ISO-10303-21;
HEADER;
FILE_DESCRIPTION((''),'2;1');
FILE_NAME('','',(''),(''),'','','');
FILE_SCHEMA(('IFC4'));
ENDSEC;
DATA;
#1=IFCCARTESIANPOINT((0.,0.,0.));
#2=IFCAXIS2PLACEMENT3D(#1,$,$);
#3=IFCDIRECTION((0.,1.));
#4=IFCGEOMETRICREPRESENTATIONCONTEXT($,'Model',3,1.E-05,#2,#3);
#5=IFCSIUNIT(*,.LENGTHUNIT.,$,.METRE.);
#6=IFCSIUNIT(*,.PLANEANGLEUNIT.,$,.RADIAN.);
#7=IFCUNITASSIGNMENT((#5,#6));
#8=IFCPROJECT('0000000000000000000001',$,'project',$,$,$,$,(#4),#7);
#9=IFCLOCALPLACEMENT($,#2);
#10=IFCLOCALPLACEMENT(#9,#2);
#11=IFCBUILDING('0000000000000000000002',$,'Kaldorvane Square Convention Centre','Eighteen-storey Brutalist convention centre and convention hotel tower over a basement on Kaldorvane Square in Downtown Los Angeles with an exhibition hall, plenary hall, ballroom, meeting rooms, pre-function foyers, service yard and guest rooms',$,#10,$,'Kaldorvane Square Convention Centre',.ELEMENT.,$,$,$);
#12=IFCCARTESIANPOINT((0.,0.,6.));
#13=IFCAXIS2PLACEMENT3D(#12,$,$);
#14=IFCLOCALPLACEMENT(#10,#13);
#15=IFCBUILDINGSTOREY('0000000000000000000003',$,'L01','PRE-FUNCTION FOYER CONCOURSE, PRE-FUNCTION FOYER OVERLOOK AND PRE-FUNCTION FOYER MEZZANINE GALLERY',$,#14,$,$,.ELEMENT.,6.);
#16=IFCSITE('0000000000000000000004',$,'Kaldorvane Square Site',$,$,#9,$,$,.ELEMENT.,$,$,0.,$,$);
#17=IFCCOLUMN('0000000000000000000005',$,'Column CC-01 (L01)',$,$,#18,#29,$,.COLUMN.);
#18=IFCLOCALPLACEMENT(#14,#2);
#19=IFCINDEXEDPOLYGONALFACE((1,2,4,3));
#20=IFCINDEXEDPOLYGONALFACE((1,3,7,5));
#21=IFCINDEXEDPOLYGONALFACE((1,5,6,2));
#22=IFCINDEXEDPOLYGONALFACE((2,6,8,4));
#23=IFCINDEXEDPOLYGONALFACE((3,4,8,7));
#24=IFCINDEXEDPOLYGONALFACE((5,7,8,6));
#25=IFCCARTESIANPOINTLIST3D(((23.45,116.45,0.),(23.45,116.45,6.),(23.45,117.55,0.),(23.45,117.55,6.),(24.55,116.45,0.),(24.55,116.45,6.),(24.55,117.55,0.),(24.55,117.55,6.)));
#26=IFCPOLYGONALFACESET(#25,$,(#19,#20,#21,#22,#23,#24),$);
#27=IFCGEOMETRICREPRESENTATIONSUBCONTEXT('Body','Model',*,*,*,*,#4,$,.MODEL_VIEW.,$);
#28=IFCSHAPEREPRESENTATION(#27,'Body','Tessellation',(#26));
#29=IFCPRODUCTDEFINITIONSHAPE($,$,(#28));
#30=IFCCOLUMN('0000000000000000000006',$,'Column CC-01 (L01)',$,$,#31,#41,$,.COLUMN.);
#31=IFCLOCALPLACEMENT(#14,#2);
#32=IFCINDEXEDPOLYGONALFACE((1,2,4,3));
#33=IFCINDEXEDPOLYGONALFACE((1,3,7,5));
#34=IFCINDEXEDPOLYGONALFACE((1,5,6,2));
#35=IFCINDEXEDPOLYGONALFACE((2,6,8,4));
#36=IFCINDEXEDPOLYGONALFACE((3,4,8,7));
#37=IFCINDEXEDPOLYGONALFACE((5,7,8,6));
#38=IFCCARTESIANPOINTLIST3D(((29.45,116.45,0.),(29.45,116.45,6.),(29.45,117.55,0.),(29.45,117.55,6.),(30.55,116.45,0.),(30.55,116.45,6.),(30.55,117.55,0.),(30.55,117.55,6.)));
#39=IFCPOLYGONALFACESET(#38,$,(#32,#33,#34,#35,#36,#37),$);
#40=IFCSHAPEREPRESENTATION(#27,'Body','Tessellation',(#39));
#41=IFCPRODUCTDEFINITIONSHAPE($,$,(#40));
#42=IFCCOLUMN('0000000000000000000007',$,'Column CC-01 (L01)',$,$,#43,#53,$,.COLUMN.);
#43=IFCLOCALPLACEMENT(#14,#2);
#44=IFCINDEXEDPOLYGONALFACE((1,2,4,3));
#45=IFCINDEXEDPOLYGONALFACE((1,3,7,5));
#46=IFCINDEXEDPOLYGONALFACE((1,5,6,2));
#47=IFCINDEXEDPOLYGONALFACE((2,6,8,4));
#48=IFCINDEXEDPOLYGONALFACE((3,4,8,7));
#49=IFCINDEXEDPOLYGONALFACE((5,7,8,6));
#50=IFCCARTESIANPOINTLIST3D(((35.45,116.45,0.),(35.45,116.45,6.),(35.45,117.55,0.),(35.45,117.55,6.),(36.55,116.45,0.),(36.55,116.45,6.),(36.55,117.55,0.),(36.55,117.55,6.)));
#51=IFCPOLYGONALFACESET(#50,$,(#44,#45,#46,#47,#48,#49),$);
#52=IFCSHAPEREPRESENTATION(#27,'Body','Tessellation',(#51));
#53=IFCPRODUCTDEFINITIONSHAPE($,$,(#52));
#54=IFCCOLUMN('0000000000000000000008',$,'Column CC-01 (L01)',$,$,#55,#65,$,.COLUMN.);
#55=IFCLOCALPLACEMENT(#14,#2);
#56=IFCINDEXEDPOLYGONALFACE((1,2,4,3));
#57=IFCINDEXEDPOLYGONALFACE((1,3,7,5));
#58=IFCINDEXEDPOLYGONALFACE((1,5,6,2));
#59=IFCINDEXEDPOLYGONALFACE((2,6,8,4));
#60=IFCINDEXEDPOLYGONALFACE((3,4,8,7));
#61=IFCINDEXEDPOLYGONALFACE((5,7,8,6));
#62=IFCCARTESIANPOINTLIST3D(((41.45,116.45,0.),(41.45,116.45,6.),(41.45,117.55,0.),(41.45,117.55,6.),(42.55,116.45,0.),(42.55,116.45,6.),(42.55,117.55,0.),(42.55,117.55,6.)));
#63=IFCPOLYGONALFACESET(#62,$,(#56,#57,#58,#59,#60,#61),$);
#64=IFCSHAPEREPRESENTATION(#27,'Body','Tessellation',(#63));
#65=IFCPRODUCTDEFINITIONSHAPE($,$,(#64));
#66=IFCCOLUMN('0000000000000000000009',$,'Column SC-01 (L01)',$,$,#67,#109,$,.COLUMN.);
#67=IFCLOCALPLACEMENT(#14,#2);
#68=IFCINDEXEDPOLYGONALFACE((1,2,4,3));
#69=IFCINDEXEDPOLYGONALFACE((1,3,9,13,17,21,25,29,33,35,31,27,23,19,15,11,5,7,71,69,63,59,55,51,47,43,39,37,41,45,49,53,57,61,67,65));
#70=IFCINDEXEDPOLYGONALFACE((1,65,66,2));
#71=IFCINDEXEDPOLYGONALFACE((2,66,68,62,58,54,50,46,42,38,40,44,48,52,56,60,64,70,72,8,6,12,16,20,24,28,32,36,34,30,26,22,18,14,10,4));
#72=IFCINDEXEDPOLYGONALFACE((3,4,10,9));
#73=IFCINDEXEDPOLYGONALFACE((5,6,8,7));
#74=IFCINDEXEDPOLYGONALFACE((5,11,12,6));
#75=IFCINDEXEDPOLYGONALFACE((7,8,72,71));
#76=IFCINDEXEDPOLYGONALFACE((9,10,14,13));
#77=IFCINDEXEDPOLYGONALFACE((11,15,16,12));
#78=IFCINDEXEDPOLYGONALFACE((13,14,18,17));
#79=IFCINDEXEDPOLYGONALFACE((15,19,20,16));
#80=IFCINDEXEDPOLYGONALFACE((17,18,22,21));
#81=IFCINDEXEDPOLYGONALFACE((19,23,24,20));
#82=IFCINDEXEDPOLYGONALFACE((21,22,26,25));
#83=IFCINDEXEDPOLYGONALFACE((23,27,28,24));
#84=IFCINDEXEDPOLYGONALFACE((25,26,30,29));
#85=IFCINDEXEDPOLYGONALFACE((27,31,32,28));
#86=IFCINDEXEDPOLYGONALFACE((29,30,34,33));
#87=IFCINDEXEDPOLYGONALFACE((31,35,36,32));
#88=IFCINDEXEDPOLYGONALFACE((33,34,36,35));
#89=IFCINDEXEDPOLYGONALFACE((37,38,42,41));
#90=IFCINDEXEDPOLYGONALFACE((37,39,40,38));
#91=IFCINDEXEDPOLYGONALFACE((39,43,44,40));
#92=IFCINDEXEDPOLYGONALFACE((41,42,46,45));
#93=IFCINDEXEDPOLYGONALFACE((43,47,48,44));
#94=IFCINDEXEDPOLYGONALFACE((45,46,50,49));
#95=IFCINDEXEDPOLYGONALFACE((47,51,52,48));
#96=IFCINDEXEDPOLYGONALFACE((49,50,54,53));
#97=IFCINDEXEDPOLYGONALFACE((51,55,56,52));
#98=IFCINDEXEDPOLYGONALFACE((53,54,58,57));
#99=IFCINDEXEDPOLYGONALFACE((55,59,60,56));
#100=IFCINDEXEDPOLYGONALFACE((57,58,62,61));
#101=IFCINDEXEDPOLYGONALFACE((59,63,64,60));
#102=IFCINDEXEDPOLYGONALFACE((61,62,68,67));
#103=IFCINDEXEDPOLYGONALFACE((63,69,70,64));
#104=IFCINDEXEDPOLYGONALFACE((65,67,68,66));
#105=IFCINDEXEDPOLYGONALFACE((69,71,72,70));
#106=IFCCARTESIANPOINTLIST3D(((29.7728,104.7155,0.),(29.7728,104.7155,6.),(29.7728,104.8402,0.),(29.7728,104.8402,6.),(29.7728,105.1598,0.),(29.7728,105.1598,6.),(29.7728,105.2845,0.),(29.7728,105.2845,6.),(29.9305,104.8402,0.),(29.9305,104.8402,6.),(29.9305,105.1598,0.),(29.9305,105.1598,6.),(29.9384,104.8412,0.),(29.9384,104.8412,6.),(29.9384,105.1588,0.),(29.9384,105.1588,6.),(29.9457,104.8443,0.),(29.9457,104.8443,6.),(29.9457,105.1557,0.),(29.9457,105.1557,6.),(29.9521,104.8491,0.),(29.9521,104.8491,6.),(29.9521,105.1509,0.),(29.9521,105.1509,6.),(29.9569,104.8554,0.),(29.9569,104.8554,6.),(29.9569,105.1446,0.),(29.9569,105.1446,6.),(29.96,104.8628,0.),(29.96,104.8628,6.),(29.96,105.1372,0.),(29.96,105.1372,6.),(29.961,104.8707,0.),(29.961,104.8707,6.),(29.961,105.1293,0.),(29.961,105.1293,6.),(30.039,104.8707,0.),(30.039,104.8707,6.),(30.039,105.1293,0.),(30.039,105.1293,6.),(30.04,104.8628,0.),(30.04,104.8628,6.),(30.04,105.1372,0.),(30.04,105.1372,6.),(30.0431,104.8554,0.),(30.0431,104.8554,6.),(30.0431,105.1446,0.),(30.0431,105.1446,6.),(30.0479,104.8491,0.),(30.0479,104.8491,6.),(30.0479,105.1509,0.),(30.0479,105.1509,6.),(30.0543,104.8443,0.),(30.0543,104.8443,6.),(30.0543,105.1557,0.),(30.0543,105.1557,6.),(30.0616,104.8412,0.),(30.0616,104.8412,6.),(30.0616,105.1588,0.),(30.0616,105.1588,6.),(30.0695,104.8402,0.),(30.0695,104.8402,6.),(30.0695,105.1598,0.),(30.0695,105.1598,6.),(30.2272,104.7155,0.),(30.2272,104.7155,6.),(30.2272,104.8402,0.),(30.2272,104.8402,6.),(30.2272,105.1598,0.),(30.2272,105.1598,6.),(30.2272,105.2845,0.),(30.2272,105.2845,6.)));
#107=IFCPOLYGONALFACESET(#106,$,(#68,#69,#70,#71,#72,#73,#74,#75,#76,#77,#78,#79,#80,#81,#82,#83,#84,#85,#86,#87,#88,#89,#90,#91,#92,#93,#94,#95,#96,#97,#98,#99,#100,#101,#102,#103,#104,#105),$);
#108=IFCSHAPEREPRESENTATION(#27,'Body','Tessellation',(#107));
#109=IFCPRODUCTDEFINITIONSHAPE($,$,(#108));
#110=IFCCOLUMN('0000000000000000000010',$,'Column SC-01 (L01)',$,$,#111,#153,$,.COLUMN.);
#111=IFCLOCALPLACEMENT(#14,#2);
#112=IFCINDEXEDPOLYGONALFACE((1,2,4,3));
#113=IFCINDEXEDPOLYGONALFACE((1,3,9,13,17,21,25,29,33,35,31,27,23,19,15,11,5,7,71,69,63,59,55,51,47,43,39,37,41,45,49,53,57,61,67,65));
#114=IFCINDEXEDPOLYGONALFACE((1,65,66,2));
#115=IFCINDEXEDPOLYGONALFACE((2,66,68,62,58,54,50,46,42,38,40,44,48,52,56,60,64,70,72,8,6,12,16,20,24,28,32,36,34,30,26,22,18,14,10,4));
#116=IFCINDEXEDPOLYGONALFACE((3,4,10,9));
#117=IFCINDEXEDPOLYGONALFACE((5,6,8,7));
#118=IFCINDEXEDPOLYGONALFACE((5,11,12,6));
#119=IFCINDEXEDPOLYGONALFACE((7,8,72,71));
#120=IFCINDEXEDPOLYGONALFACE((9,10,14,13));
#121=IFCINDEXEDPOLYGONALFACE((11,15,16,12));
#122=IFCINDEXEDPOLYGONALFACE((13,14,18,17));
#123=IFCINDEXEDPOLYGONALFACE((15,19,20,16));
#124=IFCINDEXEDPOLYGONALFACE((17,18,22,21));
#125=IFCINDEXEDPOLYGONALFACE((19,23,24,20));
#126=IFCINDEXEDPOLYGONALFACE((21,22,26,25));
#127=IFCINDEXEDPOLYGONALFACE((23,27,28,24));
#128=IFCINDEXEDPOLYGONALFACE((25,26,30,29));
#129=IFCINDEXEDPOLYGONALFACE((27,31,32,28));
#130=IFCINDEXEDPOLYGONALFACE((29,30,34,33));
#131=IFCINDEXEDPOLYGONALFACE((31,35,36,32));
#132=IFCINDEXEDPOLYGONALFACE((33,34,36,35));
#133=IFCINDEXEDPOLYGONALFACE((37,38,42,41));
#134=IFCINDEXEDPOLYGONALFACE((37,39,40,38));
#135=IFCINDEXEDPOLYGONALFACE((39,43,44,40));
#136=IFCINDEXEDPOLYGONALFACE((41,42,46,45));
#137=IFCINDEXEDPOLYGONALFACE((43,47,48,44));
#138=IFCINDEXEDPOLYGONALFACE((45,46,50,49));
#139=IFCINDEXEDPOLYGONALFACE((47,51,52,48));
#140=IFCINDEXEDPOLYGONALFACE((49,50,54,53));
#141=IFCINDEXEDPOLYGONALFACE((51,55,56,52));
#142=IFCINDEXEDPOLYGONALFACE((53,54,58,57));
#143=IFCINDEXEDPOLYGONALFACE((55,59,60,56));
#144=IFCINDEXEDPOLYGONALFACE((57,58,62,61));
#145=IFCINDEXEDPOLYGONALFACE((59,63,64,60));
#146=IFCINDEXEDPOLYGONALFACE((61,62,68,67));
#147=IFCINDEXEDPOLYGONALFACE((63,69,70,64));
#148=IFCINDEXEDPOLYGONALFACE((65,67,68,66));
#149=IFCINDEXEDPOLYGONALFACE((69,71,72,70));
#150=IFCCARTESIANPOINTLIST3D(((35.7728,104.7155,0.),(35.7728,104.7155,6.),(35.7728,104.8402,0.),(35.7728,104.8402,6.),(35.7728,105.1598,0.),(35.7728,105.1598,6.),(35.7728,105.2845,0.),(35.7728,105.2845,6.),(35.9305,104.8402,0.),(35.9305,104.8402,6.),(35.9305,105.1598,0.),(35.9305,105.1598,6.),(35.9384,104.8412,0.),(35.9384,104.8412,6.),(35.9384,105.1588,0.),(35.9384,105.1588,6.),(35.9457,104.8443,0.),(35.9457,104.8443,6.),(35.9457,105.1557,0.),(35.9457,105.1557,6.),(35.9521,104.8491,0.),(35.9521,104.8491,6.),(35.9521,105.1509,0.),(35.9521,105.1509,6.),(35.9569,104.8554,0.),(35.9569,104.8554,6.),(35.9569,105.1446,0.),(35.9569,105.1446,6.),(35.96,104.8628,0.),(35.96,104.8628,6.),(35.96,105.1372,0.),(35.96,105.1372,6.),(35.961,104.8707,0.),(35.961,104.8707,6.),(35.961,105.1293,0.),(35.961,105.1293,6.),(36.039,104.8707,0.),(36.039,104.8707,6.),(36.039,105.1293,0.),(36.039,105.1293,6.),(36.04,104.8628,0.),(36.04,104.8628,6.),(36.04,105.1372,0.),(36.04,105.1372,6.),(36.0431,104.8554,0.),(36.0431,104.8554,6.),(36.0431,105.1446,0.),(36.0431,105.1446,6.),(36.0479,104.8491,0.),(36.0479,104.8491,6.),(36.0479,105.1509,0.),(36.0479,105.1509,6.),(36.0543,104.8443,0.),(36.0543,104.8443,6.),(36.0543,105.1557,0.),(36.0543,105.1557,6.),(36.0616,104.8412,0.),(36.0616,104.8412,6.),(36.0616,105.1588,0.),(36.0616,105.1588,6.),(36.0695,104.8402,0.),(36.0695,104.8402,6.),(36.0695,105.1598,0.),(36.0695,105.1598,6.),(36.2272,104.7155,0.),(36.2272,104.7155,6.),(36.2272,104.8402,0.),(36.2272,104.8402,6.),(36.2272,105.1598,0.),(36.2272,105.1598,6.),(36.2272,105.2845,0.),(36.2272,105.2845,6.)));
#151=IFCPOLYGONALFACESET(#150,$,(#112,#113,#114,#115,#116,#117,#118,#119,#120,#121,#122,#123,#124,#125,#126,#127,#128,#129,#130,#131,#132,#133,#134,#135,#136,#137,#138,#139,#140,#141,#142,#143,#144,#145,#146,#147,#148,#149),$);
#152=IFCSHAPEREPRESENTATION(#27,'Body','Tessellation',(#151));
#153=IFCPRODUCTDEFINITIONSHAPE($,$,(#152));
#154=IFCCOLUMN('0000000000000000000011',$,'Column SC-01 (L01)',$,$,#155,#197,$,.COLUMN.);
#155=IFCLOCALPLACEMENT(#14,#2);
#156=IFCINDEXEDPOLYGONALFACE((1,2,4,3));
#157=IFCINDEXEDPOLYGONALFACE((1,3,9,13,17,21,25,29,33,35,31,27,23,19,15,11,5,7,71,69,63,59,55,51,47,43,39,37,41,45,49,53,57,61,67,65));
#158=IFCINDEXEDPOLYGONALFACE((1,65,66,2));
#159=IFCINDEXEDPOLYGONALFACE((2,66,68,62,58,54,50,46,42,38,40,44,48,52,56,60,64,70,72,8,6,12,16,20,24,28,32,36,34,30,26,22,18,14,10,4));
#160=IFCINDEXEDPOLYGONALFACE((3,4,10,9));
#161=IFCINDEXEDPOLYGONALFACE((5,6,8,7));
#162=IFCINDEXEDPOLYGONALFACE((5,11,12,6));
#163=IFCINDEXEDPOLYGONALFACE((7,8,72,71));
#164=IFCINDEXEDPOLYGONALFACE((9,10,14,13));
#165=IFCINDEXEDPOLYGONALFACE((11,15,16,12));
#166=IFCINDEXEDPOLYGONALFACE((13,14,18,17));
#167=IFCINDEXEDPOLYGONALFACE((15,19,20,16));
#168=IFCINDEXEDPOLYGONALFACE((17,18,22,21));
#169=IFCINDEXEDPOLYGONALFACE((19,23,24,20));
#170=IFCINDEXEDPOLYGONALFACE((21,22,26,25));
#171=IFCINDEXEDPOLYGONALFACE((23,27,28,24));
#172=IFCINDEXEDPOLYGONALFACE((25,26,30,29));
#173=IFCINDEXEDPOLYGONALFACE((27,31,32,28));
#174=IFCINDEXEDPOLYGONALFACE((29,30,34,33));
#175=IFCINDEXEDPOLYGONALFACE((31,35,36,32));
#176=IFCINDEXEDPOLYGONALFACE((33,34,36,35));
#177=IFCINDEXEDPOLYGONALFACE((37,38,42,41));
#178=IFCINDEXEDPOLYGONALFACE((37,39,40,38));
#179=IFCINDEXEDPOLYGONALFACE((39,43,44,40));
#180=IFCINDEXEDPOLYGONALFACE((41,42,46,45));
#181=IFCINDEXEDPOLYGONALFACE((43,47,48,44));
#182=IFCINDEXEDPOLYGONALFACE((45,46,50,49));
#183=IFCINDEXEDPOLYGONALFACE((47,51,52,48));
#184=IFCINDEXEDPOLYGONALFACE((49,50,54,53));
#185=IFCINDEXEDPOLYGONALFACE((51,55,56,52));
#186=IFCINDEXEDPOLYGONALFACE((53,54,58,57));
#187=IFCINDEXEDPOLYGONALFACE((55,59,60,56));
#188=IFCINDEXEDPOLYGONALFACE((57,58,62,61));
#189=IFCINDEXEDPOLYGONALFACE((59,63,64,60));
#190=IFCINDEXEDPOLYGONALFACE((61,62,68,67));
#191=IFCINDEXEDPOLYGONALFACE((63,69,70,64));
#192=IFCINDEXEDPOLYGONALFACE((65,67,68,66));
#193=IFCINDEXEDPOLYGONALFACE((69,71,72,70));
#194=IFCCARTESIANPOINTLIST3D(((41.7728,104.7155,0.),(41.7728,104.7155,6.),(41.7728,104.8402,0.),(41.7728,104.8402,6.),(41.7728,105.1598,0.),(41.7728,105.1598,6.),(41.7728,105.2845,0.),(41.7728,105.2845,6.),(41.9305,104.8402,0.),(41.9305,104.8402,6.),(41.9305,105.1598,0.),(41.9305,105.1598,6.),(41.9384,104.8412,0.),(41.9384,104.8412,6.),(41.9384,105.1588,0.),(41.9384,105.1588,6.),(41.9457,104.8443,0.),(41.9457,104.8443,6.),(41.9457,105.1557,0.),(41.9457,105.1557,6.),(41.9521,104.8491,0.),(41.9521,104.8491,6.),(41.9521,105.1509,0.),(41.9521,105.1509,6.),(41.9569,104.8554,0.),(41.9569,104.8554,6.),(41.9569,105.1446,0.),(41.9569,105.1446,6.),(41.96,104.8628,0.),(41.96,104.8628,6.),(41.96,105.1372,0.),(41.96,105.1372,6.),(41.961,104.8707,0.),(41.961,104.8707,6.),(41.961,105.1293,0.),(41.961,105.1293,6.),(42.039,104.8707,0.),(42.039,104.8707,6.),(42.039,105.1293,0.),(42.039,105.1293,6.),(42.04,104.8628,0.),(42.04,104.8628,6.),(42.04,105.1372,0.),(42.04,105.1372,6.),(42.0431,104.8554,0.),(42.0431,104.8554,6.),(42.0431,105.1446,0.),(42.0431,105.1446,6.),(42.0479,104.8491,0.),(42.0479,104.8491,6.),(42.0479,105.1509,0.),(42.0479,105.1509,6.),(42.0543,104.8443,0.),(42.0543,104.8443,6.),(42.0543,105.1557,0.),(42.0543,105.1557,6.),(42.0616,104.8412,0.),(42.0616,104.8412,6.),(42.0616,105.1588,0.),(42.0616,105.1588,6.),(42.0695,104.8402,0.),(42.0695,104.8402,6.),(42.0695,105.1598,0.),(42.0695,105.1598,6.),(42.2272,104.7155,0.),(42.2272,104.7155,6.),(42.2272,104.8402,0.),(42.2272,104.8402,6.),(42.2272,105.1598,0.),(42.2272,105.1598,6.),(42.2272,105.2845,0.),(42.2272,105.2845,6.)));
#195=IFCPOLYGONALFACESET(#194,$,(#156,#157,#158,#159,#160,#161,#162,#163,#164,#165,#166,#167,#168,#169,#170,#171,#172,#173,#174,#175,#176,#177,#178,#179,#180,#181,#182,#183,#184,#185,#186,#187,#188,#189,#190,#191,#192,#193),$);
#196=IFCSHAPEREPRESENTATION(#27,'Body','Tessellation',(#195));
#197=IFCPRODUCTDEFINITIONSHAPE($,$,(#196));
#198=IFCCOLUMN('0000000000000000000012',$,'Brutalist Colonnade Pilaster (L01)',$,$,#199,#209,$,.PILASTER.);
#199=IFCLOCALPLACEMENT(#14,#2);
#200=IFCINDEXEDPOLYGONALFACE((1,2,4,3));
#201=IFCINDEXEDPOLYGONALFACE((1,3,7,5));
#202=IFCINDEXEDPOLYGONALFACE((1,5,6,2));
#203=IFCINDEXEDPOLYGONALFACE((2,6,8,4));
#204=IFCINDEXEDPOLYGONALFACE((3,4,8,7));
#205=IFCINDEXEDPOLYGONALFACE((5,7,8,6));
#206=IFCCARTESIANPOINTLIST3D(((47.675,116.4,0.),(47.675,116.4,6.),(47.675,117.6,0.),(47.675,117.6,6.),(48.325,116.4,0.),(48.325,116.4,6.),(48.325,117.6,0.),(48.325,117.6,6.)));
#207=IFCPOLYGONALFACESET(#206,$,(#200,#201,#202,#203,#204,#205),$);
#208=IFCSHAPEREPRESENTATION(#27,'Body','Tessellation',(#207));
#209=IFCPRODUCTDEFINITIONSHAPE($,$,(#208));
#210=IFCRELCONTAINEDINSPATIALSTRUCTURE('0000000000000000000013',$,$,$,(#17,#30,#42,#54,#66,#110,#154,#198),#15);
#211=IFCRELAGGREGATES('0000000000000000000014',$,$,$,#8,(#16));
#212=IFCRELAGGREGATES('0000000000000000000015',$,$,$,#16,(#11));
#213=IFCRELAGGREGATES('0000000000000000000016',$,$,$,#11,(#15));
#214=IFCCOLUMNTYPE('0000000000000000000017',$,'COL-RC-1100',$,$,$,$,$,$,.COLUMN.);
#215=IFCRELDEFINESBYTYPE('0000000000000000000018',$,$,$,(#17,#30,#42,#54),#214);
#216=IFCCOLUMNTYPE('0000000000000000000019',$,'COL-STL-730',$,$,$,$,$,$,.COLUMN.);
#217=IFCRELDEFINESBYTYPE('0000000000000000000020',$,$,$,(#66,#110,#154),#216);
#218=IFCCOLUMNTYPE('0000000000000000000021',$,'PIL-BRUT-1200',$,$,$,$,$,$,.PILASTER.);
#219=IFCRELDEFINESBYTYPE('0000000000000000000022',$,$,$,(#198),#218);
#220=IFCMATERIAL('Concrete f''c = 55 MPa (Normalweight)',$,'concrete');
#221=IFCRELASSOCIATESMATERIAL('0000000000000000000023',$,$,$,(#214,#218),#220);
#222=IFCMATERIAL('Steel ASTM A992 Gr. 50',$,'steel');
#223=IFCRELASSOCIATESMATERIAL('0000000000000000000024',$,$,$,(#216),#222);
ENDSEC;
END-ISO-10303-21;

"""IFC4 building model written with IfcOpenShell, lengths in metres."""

from ifc_helpers import new_model, si_unit, direction, frame, origin, origin_2d, place, context, subcontext, project, spatial, rectangle, i_section, extrude, material, material_profile, profile_set, type_object, element, save


model = new_model("IFC4")

# Units and contexts
model_context = context("Model", 3, precision=1e-05, world=origin(), true_north=direction((0.0, 1.0)))
body_context = subcontext(model_context, "Body", "Model", "MODEL_VIEW")
ifc_project = project(units=[si_unit("LENGTHUNIT", "METRE"), si_unit("PLANEANGLEUNIT", "RADIAN")], contexts=[model_context])

# Site, building, storey
site_placement = place(None, origin())
site = spatial("IfcSite", under=ifc_project, at=site_placement, Name="Kaldorvane Square Site", CompositionType="ELEMENT", RefElevation=0.0)
building_placement = place(site_placement, origin())
building = spatial("IfcBuilding", under=site, at=building_placement, Name="Kaldorvane Square Convention Centre", Description="Eighteen-storey Brutalist convention centre and convention hotel tower over a basement on Kaldorvane Square in Downtown Los Angeles with an exhibition hall, plenary hall, ballroom, meeting rooms, pre-function foyers, service yard and guest rooms", LongName="Kaldorvane Square Convention Centre", CompositionType="ELEMENT")
storey_placement = place(building_placement, frame((0.0, 0.0, 6.0)))
storey = spatial("IfcBuildingStorey", under=building, at=storey_placement, Name="L01", Description="PRE-FUNCTION FOYER CONCOURSE, PRE-FUNCTION FOYER OVERLOOK AND PRE-FUNCTION FOYER MEZZANINE GALLERY", CompositionType="ELEMENT", Elevation=6.0)

# Columns
ifc_material_1 = material(Name="Concrete f'c = 55 MPa (Normalweight)", Category="concrete")
ifc_material_profile_1 = material_profile(ifc_material_1, rectangle(XDim=1.1, YDim=1.1, at=origin_2d()), Name="RC1100X1100")
ifc_profile_set_1 = profile_set([ifc_material_profile_1], Name="Concrete f'c = 55 MPa (Normalweight)")
column_type_1 = type_object("IfcColumnType", Name="COL-RC-1100", PredefinedType="COLUMN", material=ifc_profile_set_1)
for number, where, z_axis, x_axis, name in (
    (1, (24.0, 117.0, 0.0), (0.0, 0.0, 1.0), (1.0, 0.0, 0.0), "Column CC-01 (L01)"),
    (2, (30.0, 117.0, 0.0), (0.0, 0.0, 1.0), (1.0, 0.0, 0.0), "Column CC-01 (L01)"),
    (3, (36.0, 117.0, 0.0), (0.0, 0.0, 1.0), (1.0, 0.0, 0.0), "Column CC-01 (L01)"),
    (4, (42.0, 117.0, 0.0), (0.0, 0.0, 1.0), (1.0, 0.0, 0.0), "Column CC-01 (L01)"),
):
    element("IfcColumn", number, at=place(storey_placement, frame(where, z_axis=z_axis, x_axis=x_axis)), inside=storey, type_object=column_type_1, Name=name, PredefinedType="COLUMN", context=body_context, shape_type="SweptSolid", body=[
        extrude(rectangle(XDim=1.1, YDim=1.1, at=origin_2d()), origin(), (0.0, 0.0, 1.0), 6.0),
    ])
ifc_material_2 = material(Name="Steel ASTM A992 Gr. 50", Category="steel")
ifc_material_profile_2 = material_profile(ifc_material_2, i_section(OverallWidth=0.4544, OverallDepth=0.569, WebThickness=0.078, FlangeThickness=0.1247, FilletRadius=0.0305, at=origin_2d()), Name="W14X730")
ifc_profile_set_2 = profile_set([ifc_material_profile_2], Name="Steel ASTM A992 Gr. 50")
column_type_2 = type_object("IfcColumnType", Name="COL-STL-730", PredefinedType="COLUMN", material=ifc_profile_set_2)
for number, where, z_axis, x_axis, name in (
    (5, (30.0, 105.0, 0.0), (0.0, 0.0, 1.0), (1.0, 0.0, 0.0), "Column SC-01 (L01)"),
    (6, (36.0, 105.0, 0.0), (0.0, 0.0, 1.0), (1.0, 0.0, 0.0), "Column SC-01 (L01)"),
    (7, (42.0, 105.0, 0.0), (0.0, 0.0, 1.0), (1.0, 0.0, 0.0), "Column SC-01 (L01)"),
):
    element("IfcColumn", number, at=place(storey_placement, frame(where, z_axis=z_axis, x_axis=x_axis)), inside=storey, type_object=column_type_2, Name=name, PredefinedType="COLUMN", context=body_context, shape_type="SweptSolid", body=[
        extrude(i_section(OverallWidth=0.4544, OverallDepth=0.569, WebThickness=0.078, FlangeThickness=0.1247, FilletRadius=0.0305, at=origin_2d()), origin(), (0.0, 0.0, 1.0), 6.0),
    ])
ifc_material_profile_3 = material_profile(ifc_material_1, rectangle(XDim=0.65, YDim=1.2, at=origin_2d()), Name="PIL1200X650")
ifc_profile_set_3 = profile_set([ifc_material_profile_3], Name="Concrete f'c = 55 MPa (Normalweight)")
column_type_3 = type_object("IfcColumnType", Name="PIL-BRUT-1200", PredefinedType="PILASTER", material=ifc_profile_set_3)
column_placement = place(storey_placement, frame((48.0, 117.0, 0.0), z_axis=(0.0, 0.0, 1.0), x_axis=(1.0, 0.0, 0.0)))
element("IfcColumn", 8, at=column_placement, inside=storey, type_object=column_type_3, Name="Brutalist Colonnade Pilaster (L01)", PredefinedType="PILASTER", context=body_context, shape_type="SweptSolid", body=[
    extrude(rectangle(XDim=0.65, YDim=1.2, at=origin_2d()), origin(), (0.0, 0.0, 1.0), 6.0),
])

save(model, "model.ifc")
